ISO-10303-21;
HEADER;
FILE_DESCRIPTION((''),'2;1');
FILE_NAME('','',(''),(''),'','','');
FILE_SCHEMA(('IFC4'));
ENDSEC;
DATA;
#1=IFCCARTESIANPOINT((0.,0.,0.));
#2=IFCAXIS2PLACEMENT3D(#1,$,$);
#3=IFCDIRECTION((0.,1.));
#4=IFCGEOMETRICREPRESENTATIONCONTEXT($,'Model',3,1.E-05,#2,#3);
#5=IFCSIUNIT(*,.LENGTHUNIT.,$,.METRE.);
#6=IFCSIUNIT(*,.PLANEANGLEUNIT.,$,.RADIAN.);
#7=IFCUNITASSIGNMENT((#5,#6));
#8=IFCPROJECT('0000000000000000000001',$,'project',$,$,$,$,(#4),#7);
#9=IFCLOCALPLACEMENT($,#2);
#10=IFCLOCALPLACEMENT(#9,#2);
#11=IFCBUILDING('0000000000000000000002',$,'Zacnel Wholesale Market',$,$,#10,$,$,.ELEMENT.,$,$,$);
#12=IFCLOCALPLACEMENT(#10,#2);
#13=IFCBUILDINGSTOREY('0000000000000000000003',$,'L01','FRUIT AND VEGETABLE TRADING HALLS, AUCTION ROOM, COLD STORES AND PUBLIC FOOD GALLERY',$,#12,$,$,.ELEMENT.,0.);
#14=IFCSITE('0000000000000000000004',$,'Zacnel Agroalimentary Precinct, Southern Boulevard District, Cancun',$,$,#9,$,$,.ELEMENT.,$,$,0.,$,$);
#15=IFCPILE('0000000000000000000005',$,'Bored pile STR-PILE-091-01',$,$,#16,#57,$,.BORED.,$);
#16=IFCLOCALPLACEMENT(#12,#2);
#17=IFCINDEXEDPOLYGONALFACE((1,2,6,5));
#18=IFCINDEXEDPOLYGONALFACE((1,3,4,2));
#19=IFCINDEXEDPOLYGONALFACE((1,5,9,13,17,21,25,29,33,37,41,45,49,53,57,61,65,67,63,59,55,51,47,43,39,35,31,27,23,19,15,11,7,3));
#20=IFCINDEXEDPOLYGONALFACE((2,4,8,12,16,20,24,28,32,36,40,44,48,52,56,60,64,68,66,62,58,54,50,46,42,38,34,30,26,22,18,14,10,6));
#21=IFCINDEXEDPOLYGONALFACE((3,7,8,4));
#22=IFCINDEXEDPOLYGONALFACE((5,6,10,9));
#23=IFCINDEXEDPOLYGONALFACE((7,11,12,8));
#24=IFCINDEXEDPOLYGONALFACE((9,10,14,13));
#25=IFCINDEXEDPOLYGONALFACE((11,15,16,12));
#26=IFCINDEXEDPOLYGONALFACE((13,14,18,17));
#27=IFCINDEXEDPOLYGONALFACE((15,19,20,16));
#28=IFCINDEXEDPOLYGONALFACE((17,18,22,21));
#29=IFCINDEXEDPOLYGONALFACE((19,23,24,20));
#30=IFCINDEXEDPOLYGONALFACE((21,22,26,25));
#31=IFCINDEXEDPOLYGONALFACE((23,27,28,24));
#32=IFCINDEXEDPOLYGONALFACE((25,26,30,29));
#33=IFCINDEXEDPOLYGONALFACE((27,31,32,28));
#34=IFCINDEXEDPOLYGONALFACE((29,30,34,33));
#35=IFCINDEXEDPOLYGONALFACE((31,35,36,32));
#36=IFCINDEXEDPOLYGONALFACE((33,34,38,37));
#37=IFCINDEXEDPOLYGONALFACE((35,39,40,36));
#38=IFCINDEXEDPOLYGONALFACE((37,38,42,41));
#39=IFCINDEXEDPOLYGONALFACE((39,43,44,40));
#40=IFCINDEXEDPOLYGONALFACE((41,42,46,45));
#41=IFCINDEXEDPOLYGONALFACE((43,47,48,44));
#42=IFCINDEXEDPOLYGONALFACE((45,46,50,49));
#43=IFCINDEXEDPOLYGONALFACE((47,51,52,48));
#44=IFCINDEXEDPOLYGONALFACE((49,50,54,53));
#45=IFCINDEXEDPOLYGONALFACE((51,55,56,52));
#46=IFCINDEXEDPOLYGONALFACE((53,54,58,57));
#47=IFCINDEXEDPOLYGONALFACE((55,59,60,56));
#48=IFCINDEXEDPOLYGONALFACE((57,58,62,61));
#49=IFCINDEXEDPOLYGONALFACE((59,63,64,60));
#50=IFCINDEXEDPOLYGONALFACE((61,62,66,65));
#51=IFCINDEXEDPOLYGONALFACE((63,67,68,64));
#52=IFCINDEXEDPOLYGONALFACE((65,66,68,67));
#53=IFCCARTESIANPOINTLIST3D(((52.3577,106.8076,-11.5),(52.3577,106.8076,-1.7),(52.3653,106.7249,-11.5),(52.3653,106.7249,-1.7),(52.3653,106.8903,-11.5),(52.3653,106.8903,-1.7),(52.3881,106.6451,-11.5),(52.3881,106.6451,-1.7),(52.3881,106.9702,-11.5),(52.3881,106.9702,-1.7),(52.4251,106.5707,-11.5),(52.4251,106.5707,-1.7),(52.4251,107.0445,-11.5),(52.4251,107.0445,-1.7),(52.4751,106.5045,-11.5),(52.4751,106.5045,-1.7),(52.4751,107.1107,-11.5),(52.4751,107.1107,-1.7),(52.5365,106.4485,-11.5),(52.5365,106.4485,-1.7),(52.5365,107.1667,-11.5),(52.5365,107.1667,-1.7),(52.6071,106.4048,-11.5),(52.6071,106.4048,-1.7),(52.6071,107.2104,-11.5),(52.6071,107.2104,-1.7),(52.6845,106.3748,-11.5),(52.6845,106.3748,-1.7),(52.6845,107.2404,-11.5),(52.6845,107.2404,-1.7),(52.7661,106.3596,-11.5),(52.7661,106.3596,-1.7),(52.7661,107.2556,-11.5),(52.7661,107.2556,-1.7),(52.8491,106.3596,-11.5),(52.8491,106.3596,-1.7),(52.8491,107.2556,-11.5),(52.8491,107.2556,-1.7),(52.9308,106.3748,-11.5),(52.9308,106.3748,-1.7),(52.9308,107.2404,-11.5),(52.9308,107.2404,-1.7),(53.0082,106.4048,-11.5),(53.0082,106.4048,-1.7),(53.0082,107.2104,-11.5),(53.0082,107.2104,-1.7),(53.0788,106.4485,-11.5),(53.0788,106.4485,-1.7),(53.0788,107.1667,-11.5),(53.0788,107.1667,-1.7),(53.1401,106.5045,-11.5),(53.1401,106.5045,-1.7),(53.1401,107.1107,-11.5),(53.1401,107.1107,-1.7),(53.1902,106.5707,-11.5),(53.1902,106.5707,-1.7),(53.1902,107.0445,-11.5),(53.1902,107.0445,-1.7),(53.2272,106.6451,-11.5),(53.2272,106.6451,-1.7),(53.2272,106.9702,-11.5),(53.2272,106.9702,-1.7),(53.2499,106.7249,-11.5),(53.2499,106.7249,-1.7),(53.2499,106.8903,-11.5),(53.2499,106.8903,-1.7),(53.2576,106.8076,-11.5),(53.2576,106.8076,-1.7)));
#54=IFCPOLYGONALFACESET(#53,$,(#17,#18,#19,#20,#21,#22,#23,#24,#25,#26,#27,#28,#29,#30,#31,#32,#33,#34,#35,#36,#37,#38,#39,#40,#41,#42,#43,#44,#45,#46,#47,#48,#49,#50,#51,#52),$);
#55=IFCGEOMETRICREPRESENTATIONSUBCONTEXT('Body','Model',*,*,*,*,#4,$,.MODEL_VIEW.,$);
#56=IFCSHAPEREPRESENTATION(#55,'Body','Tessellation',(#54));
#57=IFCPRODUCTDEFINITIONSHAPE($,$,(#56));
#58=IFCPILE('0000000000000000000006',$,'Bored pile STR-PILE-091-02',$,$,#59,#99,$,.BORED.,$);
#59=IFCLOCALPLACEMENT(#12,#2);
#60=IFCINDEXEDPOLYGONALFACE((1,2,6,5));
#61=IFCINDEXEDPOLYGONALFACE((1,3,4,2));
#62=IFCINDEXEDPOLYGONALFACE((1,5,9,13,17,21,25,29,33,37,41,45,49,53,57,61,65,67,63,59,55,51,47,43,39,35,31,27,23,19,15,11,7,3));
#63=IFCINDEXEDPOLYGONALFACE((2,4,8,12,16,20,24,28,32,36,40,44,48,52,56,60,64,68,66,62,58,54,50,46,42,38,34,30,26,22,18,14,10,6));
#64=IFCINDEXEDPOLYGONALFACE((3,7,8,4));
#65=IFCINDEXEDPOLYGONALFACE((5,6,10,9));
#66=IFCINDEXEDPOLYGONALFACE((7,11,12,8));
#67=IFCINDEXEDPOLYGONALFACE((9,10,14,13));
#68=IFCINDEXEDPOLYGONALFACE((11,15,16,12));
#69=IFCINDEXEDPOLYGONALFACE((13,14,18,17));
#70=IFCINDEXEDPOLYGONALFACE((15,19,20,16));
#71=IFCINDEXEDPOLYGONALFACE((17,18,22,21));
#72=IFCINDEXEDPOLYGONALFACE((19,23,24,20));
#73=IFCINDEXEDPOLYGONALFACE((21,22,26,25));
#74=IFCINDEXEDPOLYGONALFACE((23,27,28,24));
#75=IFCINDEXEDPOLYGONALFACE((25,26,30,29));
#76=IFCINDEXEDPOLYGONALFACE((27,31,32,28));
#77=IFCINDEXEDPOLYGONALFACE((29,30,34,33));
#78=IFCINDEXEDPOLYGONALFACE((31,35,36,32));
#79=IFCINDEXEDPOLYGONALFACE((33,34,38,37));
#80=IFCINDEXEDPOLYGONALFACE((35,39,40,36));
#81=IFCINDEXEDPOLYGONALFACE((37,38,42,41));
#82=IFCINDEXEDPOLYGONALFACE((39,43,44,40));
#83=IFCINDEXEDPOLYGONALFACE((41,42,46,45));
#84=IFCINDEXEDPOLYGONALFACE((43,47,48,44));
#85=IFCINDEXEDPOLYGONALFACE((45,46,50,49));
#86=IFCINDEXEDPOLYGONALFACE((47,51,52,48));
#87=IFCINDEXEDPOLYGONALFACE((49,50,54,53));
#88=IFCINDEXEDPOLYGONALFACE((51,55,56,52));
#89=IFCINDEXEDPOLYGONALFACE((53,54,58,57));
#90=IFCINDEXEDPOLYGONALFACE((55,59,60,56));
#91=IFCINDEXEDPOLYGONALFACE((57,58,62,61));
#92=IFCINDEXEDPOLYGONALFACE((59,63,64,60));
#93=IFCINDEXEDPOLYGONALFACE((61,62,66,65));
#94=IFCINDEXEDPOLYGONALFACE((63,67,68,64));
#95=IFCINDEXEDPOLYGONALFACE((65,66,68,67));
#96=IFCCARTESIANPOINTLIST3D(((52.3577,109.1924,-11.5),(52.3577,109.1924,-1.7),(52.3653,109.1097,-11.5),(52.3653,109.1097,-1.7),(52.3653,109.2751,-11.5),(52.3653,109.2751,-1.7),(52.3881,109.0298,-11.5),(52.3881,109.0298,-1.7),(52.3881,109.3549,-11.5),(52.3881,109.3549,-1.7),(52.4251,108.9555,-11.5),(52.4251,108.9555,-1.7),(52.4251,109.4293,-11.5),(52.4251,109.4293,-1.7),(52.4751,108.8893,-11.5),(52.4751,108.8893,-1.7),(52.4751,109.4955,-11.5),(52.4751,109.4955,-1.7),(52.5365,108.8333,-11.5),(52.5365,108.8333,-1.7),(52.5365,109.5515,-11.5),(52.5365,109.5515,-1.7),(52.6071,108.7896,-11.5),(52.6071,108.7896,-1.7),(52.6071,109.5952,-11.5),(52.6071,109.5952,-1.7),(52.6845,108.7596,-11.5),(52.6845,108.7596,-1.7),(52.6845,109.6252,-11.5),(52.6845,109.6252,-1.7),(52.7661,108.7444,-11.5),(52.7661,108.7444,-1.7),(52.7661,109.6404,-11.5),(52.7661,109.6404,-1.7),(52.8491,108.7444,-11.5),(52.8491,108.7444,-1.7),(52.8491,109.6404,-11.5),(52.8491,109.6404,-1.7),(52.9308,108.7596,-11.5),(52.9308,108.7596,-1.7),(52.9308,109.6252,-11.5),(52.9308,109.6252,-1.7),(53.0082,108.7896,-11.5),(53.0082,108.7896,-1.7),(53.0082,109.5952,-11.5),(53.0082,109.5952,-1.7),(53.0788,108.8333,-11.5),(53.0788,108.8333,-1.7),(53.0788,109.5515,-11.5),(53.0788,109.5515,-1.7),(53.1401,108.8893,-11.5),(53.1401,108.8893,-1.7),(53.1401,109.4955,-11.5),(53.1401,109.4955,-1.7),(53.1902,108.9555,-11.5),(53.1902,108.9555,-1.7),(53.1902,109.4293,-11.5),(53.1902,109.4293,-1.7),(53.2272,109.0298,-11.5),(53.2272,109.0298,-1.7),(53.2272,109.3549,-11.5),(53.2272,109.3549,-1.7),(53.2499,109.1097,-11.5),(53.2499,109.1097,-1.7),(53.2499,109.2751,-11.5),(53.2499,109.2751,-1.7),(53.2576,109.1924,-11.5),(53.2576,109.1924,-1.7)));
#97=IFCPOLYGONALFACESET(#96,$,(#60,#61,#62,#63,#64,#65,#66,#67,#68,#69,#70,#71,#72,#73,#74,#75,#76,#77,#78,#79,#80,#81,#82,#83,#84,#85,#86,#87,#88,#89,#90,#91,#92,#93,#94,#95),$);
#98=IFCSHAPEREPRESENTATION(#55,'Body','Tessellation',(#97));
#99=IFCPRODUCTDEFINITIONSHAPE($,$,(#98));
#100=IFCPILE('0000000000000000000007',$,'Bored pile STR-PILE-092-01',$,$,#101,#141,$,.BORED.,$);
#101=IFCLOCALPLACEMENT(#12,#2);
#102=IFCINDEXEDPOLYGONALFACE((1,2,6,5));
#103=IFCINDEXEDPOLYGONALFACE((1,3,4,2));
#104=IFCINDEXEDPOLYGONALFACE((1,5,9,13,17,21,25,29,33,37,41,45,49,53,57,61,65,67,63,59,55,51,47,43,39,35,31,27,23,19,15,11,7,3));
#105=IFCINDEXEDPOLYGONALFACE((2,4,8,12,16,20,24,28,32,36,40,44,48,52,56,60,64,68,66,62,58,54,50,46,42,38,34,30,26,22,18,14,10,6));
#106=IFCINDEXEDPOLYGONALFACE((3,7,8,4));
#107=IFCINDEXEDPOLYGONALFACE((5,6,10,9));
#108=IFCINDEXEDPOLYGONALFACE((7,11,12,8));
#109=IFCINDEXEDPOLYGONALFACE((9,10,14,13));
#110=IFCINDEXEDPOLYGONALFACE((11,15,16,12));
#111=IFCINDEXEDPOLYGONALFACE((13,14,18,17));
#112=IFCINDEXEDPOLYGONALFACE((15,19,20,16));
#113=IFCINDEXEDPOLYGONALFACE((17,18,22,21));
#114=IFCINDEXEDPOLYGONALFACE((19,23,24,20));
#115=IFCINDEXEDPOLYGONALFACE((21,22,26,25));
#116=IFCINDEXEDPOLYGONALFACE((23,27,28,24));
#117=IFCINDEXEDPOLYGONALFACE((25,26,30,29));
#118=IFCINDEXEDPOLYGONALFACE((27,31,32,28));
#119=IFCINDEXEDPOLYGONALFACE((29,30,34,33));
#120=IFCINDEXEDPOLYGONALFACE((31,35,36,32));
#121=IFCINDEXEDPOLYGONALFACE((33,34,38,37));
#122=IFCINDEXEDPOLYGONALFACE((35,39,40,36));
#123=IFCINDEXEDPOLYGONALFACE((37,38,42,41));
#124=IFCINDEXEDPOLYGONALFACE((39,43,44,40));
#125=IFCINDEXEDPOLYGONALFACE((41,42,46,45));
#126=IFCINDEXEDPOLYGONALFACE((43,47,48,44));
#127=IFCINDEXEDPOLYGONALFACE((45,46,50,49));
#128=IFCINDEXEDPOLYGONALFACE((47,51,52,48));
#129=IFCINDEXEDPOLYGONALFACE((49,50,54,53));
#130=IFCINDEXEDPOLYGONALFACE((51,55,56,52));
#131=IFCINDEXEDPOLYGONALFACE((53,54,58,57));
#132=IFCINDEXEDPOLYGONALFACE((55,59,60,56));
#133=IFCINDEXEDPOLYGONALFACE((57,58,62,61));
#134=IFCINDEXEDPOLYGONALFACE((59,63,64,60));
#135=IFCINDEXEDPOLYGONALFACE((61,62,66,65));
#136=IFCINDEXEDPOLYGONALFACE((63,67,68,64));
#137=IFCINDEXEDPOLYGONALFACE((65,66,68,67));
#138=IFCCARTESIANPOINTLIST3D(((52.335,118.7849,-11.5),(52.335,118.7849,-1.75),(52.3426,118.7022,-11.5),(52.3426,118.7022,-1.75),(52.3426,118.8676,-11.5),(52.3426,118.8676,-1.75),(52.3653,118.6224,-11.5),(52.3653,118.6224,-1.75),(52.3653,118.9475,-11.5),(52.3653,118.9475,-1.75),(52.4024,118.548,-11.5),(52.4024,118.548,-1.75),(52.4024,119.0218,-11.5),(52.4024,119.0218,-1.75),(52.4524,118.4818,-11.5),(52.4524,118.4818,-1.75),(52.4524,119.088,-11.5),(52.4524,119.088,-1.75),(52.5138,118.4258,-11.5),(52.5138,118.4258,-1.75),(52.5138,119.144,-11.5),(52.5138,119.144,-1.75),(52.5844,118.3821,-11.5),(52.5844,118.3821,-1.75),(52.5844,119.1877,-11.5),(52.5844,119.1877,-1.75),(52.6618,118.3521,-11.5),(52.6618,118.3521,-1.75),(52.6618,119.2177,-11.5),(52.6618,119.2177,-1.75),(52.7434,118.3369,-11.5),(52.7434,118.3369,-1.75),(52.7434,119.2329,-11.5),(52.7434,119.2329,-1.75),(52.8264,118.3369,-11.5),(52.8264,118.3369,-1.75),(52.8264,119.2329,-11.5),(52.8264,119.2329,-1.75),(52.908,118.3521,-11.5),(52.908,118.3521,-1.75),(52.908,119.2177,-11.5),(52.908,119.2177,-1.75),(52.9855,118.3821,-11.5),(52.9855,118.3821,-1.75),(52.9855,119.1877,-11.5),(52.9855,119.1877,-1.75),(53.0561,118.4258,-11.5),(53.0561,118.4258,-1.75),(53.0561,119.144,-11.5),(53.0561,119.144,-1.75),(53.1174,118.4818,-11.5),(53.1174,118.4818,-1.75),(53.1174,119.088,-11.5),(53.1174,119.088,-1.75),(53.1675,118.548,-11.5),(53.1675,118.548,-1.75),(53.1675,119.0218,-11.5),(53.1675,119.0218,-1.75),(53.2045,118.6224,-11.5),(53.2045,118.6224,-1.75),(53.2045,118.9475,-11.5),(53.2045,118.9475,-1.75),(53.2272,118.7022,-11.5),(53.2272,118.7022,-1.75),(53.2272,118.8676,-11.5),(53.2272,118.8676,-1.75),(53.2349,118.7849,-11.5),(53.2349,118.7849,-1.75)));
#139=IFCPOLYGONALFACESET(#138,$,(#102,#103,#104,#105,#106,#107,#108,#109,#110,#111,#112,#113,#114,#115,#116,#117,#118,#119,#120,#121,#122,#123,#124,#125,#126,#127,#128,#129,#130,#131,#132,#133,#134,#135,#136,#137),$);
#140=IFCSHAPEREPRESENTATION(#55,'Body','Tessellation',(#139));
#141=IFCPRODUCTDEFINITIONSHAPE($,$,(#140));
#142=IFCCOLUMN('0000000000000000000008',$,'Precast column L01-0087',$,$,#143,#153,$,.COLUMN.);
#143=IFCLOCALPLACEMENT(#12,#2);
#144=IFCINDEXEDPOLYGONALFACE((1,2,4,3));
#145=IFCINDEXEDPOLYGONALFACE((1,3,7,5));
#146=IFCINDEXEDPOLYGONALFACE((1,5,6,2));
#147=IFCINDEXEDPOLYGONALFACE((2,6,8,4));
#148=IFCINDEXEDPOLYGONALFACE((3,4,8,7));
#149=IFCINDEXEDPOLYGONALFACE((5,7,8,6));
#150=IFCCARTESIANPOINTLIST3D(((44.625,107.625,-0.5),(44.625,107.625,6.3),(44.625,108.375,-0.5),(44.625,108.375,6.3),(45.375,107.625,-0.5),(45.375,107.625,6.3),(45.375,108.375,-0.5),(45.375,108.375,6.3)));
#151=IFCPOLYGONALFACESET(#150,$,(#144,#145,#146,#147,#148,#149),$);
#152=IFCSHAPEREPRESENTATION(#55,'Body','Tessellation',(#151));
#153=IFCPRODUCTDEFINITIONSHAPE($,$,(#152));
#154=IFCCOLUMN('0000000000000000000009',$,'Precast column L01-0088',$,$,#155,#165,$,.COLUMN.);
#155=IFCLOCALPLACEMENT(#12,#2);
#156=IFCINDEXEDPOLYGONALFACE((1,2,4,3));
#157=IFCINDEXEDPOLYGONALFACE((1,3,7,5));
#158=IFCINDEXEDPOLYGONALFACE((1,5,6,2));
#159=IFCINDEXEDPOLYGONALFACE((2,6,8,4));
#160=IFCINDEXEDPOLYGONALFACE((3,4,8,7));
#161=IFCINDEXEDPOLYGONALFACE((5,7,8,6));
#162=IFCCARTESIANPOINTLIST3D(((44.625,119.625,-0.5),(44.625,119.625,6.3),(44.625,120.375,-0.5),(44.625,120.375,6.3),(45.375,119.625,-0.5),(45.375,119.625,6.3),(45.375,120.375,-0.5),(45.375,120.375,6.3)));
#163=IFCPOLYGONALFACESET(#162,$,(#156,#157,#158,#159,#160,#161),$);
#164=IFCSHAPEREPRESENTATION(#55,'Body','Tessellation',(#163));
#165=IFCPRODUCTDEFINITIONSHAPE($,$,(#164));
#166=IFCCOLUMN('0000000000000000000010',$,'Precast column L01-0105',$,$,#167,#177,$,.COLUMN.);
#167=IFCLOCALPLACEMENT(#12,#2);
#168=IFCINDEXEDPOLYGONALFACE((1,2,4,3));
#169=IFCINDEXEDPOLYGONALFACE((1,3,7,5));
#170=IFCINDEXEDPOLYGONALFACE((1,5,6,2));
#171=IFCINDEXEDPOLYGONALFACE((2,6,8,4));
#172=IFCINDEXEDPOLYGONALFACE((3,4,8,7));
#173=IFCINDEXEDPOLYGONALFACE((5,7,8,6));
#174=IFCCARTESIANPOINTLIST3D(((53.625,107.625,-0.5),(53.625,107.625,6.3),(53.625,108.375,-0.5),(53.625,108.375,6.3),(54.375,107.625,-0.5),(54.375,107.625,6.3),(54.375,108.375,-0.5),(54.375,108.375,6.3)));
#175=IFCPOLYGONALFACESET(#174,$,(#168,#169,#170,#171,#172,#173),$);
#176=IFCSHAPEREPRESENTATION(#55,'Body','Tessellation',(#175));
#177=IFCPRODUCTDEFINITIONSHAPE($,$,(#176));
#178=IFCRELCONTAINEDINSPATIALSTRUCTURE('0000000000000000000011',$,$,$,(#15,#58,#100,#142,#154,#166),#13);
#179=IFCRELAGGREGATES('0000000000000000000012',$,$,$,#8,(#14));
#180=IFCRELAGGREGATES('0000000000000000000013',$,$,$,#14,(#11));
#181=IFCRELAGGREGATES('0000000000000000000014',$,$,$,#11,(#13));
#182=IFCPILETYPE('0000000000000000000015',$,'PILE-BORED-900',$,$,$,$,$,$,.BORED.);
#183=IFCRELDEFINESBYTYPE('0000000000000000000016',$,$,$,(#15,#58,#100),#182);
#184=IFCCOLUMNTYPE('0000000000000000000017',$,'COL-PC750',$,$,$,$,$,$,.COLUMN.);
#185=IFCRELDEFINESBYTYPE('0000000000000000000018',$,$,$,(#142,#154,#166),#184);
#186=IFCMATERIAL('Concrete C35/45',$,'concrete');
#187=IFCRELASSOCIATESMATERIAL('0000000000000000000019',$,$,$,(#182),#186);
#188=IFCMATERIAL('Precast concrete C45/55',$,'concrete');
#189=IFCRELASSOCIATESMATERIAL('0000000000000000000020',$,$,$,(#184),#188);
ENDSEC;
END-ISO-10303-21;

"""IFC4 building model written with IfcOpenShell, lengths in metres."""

from ifc_helpers import new_model, si_unit, direction, frame, origin, origin_2d, place, context, subcontext, project, spatial, rectangle, circle, extrude, material, material_profile, profile_set, type_object, element, save


model = new_model("IFC4")

# Units and contexts
model_context = context("Model", 3, precision=1e-05, world=origin(), true_north=direction((0.0, 1.0)))
body_context = subcontext(model_context, "Body", "Model", "MODEL_VIEW")
ifc_project = project(units=[si_unit("LENGTHUNIT", "METRE"), si_unit("PLANEANGLEUNIT", "RADIAN")], contexts=[model_context])

# Site, building, storey
site_placement = place(None, origin())
site = spatial("IfcSite", under=ifc_project, at=site_placement, Name="Zacnel Agroalimentary Precinct, Southern Boulevard District, Cancun", CompositionType="ELEMENT", RefElevation=0.0)
building_placement = place(site_placement, origin())
building = spatial("IfcBuilding", under=site, at=building_placement, Name="Zacnel Wholesale Market", CompositionType="ELEMENT")
storey_placement = place(building_placement, origin())
storey = spatial("IfcBuildingStorey", under=building, at=storey_placement, Name="L01", Description="FRUIT AND VEGETABLE TRADING HALLS, AUCTION ROOM, COLD STORES AND PUBLIC FOOD GALLERY", CompositionType="ELEMENT", Elevation=0.0)

# Piles
ifc_material_1 = material(Name="Concrete C35/45", Category="concrete")
ifc_material_profile_1 = material_profile(ifc_material_1, circle(Radius=0.45, at=origin_2d()), Name="BORED PILE D900")
ifc_profile_set_1 = profile_set([ifc_material_profile_1], Name="Concrete C35/45")
pile_type = type_object("IfcPileType", Name="PILE-BORED-900", PredefinedType="BORED", material=ifc_profile_set_1)
for number, where, z_axis, x_axis, name in (
    (1, (52.8076, 106.8076, -1.7), (0.0, 0.0, -1.0), (1.0, 0.0, 0.0), "Bored pile STR-PILE-091-01"),
    (2, (52.8076, 109.1924, -1.7), (0.0, 0.0, -1.0), (1.0, 0.0, 0.0), "Bored pile STR-PILE-091-02"),
):
    element("IfcPile", number, at=place(storey_placement, frame(where, z_axis=z_axis, x_axis=x_axis)), inside=storey, type_object=pile_type, Name=name, PredefinedType="BORED", context=body_context, shape_type="SweptSolid", body=[
        extrude(circle(Radius=0.45, at=origin_2d()), origin(), (0.0, 0.0, 1.0), 9.8),
    ])
pile_1_placement = place(storey_placement, frame((52.7849, 118.7849, -1.75), z_axis=(0.0, 0.0, -1.0), x_axis=(1.0, 0.0, 0.0)))
element("IfcPile", 3, at=pile_1_placement, inside=storey, type_object=pile_type, Name="Bored pile STR-PILE-092-01", PredefinedType="BORED", context=body_context, shape_type="SweptSolid", body=[
    extrude(circle(Radius=0.45, at=origin_2d()), origin(), (0.0, 0.0, 1.0), 9.75),
])

# Columns
ifc_material_2 = material(Name="Precast concrete C45/55", Category="concrete")
ifc_material_profile_2 = material_profile(ifc_material_2, rectangle(XDim=0.75, YDim=0.75, at=origin_2d()), Name="PC 750x750")
ifc_profile_set_2 = profile_set([ifc_material_profile_2], Name="Precast concrete C45/55")
column_type = type_object("IfcColumnType", Name="COL-PC750", PredefinedType="COLUMN", material=ifc_profile_set_2)
for number, where, z_axis, x_axis, name in (
    (4, (45.0, 108.0, -0.5), (0.0, 0.0, 1.0), (1.0, 0.0, 0.0), "Precast column L01-0087"),
    (5, (45.0, 120.0, -0.5), (0.0, 0.0, 1.0), (1.0, 0.0, 0.0), "Precast column L01-0088"),
    (6, (54.0, 108.0, -0.5), (0.0, 0.0, 1.0), (1.0, 0.0, 0.0), "Precast column L01-0105"),
):
    element("IfcColumn", number, at=place(storey_placement, frame(where, z_axis=z_axis, x_axis=x_axis)), inside=storey, type_object=column_type, Name=name, PredefinedType="COLUMN", context=body_context, shape_type="SweptSolid", body=[
        extrude(rectangle(XDim=0.75, YDim=0.75, at=origin_2d()), origin(), (0.0, 0.0, 1.0), 6.8),
    ])

save(model, "model.ifc")
